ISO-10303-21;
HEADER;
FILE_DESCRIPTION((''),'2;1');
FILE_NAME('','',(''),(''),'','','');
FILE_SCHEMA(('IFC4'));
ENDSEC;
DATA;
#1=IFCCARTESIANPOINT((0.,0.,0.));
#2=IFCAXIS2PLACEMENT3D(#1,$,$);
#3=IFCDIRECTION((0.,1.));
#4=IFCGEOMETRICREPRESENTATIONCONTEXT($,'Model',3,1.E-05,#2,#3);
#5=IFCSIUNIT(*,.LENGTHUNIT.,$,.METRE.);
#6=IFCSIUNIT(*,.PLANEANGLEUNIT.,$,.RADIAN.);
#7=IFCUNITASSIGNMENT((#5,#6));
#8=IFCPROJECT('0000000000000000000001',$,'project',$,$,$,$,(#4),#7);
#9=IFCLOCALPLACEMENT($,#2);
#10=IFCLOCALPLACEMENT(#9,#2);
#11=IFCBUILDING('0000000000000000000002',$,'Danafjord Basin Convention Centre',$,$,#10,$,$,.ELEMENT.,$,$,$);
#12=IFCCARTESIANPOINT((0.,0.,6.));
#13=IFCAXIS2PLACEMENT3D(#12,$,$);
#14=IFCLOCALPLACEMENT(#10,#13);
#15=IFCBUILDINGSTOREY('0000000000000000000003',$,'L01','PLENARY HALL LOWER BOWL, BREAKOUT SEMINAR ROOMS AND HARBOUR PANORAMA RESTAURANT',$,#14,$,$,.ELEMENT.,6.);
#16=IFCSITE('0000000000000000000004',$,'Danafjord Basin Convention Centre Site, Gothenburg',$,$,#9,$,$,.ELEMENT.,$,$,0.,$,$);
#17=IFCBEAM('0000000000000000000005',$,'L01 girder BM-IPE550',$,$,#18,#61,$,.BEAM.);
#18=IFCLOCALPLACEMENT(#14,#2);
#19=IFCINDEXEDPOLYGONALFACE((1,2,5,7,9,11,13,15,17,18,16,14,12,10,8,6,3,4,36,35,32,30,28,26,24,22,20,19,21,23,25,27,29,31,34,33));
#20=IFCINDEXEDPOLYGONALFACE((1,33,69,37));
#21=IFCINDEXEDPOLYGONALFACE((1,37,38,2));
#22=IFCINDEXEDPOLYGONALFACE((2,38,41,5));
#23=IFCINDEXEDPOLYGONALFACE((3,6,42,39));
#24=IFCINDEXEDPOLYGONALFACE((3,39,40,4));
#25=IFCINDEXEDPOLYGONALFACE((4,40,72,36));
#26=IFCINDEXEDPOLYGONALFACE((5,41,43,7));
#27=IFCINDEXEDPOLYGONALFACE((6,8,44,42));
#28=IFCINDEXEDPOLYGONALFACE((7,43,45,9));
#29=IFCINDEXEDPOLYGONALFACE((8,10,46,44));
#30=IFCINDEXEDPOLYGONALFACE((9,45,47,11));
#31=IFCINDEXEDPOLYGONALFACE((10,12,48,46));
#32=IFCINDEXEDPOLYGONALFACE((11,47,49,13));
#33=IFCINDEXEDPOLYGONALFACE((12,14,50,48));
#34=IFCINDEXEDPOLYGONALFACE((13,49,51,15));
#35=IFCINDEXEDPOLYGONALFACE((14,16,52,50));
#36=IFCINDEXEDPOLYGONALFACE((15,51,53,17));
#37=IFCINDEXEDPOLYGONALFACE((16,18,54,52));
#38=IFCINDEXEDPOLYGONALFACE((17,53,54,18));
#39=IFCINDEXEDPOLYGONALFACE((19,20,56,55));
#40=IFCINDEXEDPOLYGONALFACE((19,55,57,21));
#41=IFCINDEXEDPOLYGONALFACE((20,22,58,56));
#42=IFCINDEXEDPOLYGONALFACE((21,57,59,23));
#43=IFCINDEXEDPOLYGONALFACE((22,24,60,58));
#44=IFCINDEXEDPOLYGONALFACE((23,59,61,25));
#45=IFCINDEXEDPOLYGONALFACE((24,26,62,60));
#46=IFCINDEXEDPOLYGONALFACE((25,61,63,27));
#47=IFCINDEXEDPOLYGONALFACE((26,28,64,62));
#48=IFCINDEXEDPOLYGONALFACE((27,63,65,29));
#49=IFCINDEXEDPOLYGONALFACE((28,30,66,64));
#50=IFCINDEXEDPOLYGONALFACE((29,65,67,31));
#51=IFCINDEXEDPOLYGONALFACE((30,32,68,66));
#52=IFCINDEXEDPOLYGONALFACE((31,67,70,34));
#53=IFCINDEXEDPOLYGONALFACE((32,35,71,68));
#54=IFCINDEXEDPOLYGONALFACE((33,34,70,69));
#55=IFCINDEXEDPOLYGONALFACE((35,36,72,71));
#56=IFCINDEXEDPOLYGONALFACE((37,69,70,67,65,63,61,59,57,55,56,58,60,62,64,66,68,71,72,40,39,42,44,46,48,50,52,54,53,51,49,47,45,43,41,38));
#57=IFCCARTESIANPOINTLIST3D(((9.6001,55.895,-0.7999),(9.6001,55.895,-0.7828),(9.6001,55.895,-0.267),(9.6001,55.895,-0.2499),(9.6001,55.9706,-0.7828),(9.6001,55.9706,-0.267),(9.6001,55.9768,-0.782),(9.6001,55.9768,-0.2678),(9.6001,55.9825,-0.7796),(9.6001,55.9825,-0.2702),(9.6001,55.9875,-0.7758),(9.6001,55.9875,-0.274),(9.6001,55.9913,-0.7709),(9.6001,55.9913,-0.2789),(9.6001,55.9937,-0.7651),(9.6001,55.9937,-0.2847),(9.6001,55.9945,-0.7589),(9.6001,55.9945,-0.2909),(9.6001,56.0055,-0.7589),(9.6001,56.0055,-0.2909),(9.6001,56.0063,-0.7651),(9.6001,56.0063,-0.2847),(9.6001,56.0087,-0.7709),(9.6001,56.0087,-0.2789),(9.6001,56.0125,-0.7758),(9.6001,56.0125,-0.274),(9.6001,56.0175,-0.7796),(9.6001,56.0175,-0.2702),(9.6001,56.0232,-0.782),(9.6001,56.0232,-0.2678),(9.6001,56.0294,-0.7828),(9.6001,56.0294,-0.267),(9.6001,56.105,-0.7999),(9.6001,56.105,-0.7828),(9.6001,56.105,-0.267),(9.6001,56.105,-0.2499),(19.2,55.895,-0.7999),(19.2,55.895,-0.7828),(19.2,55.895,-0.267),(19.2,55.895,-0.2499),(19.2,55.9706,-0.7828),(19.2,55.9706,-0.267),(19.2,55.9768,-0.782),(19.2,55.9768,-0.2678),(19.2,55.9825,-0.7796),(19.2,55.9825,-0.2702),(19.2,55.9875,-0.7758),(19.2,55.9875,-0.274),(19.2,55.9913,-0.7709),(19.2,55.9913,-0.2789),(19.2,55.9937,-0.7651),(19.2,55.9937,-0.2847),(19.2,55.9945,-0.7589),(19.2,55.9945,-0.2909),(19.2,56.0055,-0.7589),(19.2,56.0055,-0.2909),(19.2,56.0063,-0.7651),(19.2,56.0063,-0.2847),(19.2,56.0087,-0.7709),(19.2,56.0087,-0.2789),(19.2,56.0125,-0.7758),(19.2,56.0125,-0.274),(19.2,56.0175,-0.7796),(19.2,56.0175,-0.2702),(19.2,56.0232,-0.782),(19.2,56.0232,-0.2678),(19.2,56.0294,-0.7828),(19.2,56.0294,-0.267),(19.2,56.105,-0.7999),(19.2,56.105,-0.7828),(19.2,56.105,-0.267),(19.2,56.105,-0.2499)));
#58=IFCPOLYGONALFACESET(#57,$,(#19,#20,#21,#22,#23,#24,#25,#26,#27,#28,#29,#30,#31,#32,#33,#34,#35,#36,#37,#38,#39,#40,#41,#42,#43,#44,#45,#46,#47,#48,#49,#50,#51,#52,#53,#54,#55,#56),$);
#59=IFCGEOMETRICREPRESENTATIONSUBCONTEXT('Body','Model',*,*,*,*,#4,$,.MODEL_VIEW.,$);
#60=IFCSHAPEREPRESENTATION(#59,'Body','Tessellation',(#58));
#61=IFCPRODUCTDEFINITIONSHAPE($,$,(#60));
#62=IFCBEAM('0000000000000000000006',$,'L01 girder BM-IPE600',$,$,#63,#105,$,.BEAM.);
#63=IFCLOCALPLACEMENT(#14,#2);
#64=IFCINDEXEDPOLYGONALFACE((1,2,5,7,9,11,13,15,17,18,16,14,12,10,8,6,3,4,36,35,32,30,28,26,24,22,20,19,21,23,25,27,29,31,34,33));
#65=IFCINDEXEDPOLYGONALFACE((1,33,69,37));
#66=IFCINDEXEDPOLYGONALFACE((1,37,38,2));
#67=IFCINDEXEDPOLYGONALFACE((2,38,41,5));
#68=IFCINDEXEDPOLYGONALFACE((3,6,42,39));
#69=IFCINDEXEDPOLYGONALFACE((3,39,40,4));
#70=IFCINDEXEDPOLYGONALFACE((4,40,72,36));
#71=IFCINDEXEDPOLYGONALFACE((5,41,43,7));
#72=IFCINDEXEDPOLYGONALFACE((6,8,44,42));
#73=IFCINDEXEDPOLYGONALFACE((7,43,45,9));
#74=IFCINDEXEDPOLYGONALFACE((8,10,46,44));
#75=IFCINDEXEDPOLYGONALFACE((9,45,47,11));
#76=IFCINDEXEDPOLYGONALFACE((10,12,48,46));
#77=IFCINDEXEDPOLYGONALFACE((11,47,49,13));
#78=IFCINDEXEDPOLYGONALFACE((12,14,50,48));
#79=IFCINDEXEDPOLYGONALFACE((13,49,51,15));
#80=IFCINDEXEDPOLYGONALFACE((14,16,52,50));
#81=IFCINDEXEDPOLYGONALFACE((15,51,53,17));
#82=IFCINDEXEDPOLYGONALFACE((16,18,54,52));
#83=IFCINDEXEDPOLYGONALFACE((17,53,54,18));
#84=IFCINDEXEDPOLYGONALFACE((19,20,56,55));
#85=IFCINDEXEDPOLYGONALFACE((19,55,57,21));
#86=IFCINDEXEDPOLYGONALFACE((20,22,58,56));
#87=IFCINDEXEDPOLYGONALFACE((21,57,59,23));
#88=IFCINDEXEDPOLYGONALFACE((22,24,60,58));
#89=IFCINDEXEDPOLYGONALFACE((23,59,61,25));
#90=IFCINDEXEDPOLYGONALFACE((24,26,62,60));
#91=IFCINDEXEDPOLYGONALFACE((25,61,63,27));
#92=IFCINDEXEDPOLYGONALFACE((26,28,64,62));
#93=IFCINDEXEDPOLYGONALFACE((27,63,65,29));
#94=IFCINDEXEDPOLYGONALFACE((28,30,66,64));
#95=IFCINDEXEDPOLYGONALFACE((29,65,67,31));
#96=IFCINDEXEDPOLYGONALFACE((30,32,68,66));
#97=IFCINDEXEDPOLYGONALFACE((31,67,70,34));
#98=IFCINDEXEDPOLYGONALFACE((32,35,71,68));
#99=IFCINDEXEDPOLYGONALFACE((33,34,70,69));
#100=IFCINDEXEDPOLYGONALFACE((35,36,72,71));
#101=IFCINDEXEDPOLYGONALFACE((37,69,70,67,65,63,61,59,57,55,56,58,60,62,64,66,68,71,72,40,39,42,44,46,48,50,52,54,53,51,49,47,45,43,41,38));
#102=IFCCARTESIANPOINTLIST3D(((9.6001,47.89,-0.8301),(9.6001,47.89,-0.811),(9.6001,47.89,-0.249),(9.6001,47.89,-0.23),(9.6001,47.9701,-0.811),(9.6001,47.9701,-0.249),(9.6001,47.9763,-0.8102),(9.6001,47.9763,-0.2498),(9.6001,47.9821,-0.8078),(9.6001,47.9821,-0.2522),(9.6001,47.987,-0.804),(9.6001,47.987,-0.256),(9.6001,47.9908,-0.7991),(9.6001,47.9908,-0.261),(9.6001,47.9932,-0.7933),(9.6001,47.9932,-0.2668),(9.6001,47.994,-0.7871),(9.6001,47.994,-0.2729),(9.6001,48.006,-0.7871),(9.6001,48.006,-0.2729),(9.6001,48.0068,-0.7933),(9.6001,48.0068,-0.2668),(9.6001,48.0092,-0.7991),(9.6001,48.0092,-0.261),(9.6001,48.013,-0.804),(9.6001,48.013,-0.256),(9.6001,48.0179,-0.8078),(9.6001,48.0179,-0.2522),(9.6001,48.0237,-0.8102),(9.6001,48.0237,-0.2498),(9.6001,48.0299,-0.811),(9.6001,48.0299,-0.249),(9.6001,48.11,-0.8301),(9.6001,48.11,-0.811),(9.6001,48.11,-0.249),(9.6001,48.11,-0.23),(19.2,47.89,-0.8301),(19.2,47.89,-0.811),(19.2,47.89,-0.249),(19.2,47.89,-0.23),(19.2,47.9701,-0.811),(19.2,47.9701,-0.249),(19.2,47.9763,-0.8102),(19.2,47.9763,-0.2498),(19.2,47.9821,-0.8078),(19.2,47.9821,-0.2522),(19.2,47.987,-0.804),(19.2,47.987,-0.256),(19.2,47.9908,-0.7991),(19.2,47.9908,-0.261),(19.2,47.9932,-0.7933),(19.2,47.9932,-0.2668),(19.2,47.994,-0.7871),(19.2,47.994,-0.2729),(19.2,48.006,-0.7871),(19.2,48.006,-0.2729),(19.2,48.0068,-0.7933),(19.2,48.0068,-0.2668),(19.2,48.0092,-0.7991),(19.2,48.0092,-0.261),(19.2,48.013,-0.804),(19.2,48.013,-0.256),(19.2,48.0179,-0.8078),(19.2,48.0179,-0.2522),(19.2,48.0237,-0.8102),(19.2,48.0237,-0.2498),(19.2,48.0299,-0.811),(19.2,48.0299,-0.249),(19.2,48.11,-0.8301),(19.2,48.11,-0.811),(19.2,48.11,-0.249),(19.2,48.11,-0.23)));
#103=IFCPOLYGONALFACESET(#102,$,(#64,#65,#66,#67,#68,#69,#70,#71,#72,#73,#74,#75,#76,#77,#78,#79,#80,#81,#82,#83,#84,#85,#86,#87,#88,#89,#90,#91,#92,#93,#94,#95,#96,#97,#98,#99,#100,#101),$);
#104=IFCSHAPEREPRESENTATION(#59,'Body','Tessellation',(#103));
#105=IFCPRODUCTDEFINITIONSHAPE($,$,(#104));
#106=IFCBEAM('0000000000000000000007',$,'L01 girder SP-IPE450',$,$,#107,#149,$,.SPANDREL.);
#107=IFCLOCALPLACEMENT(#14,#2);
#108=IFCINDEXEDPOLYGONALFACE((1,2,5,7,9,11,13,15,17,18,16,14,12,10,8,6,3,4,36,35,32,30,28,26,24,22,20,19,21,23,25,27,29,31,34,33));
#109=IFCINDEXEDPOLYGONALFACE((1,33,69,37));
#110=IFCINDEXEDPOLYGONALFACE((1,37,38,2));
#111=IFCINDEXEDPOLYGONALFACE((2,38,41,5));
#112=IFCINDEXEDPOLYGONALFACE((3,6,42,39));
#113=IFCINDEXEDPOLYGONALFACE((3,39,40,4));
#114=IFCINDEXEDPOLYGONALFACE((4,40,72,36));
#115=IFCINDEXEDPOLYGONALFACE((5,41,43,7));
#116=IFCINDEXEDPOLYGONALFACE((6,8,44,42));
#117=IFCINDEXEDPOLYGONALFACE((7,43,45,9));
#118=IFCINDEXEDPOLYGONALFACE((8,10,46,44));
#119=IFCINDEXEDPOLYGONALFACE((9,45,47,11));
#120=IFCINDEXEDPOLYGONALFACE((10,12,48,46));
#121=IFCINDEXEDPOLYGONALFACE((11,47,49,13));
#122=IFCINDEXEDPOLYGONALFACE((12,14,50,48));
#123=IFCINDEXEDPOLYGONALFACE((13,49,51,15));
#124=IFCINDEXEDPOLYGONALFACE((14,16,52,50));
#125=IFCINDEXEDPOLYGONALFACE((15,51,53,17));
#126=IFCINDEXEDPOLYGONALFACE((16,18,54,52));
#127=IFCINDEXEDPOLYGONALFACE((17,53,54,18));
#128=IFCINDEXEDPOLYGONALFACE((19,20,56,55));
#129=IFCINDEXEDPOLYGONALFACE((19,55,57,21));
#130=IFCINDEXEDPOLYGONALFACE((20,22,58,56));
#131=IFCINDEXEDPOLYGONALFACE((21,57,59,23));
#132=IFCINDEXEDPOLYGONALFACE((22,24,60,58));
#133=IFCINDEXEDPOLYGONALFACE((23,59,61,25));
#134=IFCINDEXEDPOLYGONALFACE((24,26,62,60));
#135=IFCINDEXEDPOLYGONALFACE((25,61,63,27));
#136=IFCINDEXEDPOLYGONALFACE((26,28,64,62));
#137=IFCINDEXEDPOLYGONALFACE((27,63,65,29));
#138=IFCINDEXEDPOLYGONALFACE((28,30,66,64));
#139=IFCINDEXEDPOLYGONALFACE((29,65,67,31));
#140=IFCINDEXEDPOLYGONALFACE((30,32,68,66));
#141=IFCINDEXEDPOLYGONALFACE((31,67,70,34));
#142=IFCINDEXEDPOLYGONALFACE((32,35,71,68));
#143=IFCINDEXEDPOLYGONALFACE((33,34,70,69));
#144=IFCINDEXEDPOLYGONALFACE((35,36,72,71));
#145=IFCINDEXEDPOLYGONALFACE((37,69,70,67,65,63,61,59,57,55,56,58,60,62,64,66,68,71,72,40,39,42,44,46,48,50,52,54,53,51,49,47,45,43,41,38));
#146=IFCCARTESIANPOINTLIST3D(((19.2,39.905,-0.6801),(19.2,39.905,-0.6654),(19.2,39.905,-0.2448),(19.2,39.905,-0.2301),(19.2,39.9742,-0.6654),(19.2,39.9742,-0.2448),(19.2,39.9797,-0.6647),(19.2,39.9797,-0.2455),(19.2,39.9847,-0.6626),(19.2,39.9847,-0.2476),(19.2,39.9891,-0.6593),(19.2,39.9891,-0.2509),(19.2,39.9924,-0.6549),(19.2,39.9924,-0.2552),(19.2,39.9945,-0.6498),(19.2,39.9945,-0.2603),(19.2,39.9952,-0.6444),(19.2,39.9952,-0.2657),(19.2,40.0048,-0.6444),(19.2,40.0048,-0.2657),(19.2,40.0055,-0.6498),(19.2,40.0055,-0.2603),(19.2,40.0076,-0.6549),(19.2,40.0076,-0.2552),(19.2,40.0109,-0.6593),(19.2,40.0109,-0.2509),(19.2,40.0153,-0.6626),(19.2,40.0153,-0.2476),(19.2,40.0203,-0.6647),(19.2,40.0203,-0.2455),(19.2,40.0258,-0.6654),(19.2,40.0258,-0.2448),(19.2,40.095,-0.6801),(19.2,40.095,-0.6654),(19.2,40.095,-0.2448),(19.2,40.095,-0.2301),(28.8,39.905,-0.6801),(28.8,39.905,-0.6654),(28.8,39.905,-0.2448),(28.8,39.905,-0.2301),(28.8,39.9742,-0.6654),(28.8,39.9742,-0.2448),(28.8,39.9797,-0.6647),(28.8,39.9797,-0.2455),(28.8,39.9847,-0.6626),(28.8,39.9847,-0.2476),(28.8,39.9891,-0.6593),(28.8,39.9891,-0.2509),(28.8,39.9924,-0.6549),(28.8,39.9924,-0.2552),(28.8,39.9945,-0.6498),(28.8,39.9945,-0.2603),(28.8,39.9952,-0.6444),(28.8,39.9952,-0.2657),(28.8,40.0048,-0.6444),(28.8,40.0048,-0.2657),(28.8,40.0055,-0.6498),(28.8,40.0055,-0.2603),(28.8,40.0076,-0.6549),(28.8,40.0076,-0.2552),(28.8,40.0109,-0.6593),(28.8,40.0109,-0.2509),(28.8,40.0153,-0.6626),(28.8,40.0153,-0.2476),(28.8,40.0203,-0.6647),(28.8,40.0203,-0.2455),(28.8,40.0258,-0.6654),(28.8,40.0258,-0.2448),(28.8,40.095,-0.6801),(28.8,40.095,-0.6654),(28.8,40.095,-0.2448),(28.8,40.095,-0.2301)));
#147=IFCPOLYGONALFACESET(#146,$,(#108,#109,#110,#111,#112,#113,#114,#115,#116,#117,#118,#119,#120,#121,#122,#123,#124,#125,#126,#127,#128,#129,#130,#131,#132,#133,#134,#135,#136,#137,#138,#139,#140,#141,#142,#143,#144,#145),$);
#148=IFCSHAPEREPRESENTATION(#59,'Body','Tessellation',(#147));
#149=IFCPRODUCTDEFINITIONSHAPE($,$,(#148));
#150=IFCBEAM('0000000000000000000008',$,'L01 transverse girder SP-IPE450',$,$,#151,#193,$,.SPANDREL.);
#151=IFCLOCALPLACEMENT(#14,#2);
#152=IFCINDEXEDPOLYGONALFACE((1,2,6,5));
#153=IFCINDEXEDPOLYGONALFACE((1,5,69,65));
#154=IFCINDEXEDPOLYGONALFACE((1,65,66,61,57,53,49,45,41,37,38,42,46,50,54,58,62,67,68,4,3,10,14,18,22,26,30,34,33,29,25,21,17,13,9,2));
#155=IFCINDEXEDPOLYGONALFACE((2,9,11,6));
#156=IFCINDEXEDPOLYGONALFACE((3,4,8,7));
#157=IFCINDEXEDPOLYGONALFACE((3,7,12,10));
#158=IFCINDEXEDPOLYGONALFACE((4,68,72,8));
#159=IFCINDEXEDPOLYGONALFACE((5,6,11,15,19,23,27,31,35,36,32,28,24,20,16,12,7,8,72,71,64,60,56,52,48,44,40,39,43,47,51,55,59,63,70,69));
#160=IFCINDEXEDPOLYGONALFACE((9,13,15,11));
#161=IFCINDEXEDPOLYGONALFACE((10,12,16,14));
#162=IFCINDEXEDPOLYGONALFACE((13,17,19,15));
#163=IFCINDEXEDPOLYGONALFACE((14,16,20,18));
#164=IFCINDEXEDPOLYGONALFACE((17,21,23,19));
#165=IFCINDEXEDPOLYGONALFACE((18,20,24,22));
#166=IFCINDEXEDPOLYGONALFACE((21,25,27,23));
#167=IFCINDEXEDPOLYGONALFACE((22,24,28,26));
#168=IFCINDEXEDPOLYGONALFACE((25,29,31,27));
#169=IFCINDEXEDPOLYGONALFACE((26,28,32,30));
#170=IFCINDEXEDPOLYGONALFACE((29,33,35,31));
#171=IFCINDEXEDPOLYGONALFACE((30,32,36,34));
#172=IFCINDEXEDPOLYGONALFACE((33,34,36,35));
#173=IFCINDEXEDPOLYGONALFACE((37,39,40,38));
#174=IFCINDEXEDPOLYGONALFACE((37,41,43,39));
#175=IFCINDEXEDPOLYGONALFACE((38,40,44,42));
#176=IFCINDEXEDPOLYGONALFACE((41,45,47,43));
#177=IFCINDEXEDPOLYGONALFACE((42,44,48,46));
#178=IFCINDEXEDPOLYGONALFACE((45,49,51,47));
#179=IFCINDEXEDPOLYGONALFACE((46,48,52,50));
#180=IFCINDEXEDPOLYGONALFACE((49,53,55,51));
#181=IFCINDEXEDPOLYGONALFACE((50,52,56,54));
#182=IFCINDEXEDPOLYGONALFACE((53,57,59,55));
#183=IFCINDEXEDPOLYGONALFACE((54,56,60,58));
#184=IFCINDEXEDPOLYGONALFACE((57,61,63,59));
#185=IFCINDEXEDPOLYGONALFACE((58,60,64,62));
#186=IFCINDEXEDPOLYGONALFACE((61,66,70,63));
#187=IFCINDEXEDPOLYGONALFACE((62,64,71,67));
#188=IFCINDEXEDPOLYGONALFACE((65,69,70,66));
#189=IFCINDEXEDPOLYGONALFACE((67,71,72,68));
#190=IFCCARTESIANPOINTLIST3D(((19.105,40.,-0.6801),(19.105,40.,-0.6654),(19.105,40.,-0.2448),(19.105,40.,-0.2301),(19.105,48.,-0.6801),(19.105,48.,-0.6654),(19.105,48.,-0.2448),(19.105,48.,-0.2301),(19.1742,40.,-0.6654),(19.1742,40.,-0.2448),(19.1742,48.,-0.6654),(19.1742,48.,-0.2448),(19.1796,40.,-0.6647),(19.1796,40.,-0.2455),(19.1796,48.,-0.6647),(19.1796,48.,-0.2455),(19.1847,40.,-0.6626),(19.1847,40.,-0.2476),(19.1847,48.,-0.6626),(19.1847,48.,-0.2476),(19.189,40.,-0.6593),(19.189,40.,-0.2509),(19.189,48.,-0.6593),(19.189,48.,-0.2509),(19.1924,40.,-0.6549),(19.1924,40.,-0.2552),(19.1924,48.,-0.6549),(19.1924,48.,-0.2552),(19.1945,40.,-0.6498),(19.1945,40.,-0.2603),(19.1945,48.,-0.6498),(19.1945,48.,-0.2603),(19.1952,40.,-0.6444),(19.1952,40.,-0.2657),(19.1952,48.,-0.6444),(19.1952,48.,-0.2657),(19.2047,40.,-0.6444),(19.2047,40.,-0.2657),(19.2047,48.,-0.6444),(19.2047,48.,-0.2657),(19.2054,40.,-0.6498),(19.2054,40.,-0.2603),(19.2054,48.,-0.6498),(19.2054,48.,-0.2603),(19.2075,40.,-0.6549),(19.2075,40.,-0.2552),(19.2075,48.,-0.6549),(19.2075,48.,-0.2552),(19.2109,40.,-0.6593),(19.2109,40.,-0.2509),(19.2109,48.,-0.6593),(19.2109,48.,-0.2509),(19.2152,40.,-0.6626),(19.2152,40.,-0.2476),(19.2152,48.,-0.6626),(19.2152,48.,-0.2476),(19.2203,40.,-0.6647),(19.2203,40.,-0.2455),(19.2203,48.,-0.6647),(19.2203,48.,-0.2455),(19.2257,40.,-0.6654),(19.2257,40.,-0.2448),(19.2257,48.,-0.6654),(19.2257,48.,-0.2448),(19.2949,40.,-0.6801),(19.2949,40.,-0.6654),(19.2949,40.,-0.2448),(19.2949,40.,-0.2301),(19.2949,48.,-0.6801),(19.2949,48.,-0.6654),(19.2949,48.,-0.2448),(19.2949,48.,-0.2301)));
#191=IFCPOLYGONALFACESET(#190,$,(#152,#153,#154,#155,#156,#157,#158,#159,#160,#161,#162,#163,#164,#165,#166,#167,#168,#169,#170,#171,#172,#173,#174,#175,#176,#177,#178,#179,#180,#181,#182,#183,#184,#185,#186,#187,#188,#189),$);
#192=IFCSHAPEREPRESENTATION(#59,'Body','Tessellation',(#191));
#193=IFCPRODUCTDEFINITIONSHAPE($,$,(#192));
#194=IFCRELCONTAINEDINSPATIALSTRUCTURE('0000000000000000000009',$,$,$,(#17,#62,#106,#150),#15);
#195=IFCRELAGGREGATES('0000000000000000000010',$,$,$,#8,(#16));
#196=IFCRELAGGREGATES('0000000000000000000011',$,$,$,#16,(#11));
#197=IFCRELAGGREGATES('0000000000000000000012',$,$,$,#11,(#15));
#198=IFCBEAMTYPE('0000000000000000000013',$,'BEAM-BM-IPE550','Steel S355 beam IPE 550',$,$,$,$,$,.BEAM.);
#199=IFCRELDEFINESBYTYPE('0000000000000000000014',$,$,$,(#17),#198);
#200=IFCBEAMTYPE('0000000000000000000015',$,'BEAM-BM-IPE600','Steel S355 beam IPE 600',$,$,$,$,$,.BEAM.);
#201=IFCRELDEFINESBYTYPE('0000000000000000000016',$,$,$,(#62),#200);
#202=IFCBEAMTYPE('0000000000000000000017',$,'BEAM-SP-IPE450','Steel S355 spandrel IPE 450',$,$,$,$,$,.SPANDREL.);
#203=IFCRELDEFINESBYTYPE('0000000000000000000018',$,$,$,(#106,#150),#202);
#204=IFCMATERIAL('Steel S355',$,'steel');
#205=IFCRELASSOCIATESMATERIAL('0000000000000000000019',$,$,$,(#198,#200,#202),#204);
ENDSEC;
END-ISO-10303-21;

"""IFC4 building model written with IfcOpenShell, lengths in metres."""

from ifc_helpers import new_model, si_unit, direction, frame, origin, origin_2d, place, context, subcontext, project, spatial, i_section, extrude, material, material_profile, profile_set, type_object, element, save


model = new_model("IFC4")

# Units and contexts
model_context = context("Model", 3, precision=1e-05, world=origin(), true_north=direction((0.0, 1.0)))
body_context = subcontext(model_context, "Body", "Model", "MODEL_VIEW")
ifc_project = project(units=[si_unit("LENGTHUNIT", "METRE"), si_unit("PLANEANGLEUNIT", "RADIAN")], contexts=[model_context])

# Site, building, storey
site_placement = place(None, origin())
site = spatial("IfcSite", under=ifc_project, at=site_placement, Name="Danafjord Basin Convention Centre Site, Gothenburg", CompositionType="ELEMENT", RefElevation=0.0)
building_placement = place(site_placement, origin())
building = spatial("IfcBuilding", under=site, at=building_placement, Name="Danafjord Basin Convention Centre", CompositionType="ELEMENT")
storey_placement = place(building_placement, frame((0.0, 0.0, 6.0)))
storey = spatial("IfcBuildingStorey", under=building, at=storey_placement, Name="L01", Description="PLENARY HALL LOWER BOWL, BREAKOUT SEMINAR ROOMS AND HARBOUR PANORAMA RESTAURANT", CompositionType="ELEMENT", Elevation=6.0)

# Shared definitions
ifc_material_1 = material(Name="Steel S355", Category="steel")

# Beams
ifc_material_profile_1 = material_profile(ifc_material_1, i_section(OverallWidth=0.21, OverallDepth=0.55, WebThickness=0.011, FlangeThickness=0.0171, FilletRadius=0.0239, at=origin_2d()), Name="IPE 550")
ifc_profile_set_1 = profile_set([ifc_material_profile_1], Name="Steel S355")
beam_type_1 = type_object("IfcBeamType", Name="BEAM-BM-IPE550", Description="Steel S355 beam IPE 550", PredefinedType="BEAM", material=ifc_profile_set_1)
beam_1_placement = place(storey_placement, frame((9.6001, 56.0, -0.5249), z_axis=(1.0, 0.0, 0.0), x_axis=(0.0, 1.0, 0.0)))
element("IfcBeam", 1, at=beam_1_placement, inside=storey, type_object=beam_type_1, Name="L01 girder BM-IPE550", PredefinedType="BEAM", context=body_context, shape_type="SweptSolid", body=[
    extrude(i_section(OverallWidth=0.21, OverallDepth=0.55, WebThickness=0.011, FlangeThickness=0.0171, FilletRadius=0.0239, at=origin_2d()), origin(), (0.0, 0.0, 1.0), 9.5999),
])
ifc_material_profile_2 = material_profile(ifc_material_1, i_section(OverallWidth=0.22, OverallDepth=0.6001, WebThickness=0.012, FlangeThickness=0.019, FilletRadius=0.0239, at=origin_2d()), Name="IPE 600")
ifc_profile_set_2 = profile_set([ifc_material_profile_2], Name="Steel S355")
beam_type_2 = type_object("IfcBeamType", Name="BEAM-BM-IPE600", Description="Steel S355 beam IPE 600", PredefinedType="BEAM", material=ifc_profile_set_2)
beam_2_placement = place(storey_placement, frame((9.6001, 48.0, -0.53), z_axis=(1.0, 0.0, 0.0), x_axis=(0.0, 1.0, 0.0)))
element("IfcBeam", 2, at=beam_2_placement, inside=storey, type_object=beam_type_2, Name="L01 girder BM-IPE600", PredefinedType="BEAM", context=body_context, shape_type="SweptSolid", body=[
    extrude(i_section(OverallWidth=0.22, OverallDepth=0.6001, WebThickness=0.012, FlangeThickness=0.019, FilletRadius=0.0239, at=origin_2d()), origin(), (0.0, 0.0, 1.0), 9.5999),
])
ifc_material_profile_3 = material_profile(ifc_material_1, i_section(OverallWidth=0.1899, OverallDepth=0.45, WebThickness=0.0095, FlangeThickness=0.0146, FilletRadius=0.021, at=origin_2d()), Name="IPE 450")
ifc_profile_set_3 = profile_set([ifc_material_profile_3], Name="Steel S355")
beam_type_3 = type_object("IfcBeamType", Name="BEAM-SP-IPE450", Description="Steel S355 spandrel IPE 450", PredefinedType="SPANDREL", material=ifc_profile_set_3)
beam_3_placement = place(storey_placement, frame((19.2, 40.0, -0.4551), z_axis=(1.0, 0.0, 0.0), x_axis=(0.0, 1.0, 0.0)))
element("IfcBeam", 3, at=beam_3_placement, inside=storey, type_object=beam_type_3, Name="L01 girder SP-IPE450", PredefinedType="SPANDREL", context=body_context, shape_type="SweptSolid", body=[
    extrude(i_section(OverallWidth=0.1899, OverallDepth=0.45, WebThickness=0.0095, FlangeThickness=0.0146, FilletRadius=0.021, at=origin_2d()), origin(), (0.0, 0.0, 1.0), 9.6001),
])
beam_4_placement = place(storey_placement, frame((19.2, 40.0, -0.4551), z_axis=(0.0, 1.0, 0.0), x_axis=(-1.0, 0.0, 0.0)))
element("IfcBeam", 4, at=beam_4_placement, inside=storey, type_object=beam_type_3, Name="L01 transverse girder SP-IPE450", PredefinedType="SPANDREL", context=body_context, shape_type="SweptSolid", body=[
    extrude(i_section(OverallWidth=0.1899, OverallDepth=0.45, WebThickness=0.0095, FlangeThickness=0.0146, FilletRadius=0.021, at=origin_2d()), origin(), (0.0, 0.0, 1.0), 8.0),
])

save(model, "model.ifc")
